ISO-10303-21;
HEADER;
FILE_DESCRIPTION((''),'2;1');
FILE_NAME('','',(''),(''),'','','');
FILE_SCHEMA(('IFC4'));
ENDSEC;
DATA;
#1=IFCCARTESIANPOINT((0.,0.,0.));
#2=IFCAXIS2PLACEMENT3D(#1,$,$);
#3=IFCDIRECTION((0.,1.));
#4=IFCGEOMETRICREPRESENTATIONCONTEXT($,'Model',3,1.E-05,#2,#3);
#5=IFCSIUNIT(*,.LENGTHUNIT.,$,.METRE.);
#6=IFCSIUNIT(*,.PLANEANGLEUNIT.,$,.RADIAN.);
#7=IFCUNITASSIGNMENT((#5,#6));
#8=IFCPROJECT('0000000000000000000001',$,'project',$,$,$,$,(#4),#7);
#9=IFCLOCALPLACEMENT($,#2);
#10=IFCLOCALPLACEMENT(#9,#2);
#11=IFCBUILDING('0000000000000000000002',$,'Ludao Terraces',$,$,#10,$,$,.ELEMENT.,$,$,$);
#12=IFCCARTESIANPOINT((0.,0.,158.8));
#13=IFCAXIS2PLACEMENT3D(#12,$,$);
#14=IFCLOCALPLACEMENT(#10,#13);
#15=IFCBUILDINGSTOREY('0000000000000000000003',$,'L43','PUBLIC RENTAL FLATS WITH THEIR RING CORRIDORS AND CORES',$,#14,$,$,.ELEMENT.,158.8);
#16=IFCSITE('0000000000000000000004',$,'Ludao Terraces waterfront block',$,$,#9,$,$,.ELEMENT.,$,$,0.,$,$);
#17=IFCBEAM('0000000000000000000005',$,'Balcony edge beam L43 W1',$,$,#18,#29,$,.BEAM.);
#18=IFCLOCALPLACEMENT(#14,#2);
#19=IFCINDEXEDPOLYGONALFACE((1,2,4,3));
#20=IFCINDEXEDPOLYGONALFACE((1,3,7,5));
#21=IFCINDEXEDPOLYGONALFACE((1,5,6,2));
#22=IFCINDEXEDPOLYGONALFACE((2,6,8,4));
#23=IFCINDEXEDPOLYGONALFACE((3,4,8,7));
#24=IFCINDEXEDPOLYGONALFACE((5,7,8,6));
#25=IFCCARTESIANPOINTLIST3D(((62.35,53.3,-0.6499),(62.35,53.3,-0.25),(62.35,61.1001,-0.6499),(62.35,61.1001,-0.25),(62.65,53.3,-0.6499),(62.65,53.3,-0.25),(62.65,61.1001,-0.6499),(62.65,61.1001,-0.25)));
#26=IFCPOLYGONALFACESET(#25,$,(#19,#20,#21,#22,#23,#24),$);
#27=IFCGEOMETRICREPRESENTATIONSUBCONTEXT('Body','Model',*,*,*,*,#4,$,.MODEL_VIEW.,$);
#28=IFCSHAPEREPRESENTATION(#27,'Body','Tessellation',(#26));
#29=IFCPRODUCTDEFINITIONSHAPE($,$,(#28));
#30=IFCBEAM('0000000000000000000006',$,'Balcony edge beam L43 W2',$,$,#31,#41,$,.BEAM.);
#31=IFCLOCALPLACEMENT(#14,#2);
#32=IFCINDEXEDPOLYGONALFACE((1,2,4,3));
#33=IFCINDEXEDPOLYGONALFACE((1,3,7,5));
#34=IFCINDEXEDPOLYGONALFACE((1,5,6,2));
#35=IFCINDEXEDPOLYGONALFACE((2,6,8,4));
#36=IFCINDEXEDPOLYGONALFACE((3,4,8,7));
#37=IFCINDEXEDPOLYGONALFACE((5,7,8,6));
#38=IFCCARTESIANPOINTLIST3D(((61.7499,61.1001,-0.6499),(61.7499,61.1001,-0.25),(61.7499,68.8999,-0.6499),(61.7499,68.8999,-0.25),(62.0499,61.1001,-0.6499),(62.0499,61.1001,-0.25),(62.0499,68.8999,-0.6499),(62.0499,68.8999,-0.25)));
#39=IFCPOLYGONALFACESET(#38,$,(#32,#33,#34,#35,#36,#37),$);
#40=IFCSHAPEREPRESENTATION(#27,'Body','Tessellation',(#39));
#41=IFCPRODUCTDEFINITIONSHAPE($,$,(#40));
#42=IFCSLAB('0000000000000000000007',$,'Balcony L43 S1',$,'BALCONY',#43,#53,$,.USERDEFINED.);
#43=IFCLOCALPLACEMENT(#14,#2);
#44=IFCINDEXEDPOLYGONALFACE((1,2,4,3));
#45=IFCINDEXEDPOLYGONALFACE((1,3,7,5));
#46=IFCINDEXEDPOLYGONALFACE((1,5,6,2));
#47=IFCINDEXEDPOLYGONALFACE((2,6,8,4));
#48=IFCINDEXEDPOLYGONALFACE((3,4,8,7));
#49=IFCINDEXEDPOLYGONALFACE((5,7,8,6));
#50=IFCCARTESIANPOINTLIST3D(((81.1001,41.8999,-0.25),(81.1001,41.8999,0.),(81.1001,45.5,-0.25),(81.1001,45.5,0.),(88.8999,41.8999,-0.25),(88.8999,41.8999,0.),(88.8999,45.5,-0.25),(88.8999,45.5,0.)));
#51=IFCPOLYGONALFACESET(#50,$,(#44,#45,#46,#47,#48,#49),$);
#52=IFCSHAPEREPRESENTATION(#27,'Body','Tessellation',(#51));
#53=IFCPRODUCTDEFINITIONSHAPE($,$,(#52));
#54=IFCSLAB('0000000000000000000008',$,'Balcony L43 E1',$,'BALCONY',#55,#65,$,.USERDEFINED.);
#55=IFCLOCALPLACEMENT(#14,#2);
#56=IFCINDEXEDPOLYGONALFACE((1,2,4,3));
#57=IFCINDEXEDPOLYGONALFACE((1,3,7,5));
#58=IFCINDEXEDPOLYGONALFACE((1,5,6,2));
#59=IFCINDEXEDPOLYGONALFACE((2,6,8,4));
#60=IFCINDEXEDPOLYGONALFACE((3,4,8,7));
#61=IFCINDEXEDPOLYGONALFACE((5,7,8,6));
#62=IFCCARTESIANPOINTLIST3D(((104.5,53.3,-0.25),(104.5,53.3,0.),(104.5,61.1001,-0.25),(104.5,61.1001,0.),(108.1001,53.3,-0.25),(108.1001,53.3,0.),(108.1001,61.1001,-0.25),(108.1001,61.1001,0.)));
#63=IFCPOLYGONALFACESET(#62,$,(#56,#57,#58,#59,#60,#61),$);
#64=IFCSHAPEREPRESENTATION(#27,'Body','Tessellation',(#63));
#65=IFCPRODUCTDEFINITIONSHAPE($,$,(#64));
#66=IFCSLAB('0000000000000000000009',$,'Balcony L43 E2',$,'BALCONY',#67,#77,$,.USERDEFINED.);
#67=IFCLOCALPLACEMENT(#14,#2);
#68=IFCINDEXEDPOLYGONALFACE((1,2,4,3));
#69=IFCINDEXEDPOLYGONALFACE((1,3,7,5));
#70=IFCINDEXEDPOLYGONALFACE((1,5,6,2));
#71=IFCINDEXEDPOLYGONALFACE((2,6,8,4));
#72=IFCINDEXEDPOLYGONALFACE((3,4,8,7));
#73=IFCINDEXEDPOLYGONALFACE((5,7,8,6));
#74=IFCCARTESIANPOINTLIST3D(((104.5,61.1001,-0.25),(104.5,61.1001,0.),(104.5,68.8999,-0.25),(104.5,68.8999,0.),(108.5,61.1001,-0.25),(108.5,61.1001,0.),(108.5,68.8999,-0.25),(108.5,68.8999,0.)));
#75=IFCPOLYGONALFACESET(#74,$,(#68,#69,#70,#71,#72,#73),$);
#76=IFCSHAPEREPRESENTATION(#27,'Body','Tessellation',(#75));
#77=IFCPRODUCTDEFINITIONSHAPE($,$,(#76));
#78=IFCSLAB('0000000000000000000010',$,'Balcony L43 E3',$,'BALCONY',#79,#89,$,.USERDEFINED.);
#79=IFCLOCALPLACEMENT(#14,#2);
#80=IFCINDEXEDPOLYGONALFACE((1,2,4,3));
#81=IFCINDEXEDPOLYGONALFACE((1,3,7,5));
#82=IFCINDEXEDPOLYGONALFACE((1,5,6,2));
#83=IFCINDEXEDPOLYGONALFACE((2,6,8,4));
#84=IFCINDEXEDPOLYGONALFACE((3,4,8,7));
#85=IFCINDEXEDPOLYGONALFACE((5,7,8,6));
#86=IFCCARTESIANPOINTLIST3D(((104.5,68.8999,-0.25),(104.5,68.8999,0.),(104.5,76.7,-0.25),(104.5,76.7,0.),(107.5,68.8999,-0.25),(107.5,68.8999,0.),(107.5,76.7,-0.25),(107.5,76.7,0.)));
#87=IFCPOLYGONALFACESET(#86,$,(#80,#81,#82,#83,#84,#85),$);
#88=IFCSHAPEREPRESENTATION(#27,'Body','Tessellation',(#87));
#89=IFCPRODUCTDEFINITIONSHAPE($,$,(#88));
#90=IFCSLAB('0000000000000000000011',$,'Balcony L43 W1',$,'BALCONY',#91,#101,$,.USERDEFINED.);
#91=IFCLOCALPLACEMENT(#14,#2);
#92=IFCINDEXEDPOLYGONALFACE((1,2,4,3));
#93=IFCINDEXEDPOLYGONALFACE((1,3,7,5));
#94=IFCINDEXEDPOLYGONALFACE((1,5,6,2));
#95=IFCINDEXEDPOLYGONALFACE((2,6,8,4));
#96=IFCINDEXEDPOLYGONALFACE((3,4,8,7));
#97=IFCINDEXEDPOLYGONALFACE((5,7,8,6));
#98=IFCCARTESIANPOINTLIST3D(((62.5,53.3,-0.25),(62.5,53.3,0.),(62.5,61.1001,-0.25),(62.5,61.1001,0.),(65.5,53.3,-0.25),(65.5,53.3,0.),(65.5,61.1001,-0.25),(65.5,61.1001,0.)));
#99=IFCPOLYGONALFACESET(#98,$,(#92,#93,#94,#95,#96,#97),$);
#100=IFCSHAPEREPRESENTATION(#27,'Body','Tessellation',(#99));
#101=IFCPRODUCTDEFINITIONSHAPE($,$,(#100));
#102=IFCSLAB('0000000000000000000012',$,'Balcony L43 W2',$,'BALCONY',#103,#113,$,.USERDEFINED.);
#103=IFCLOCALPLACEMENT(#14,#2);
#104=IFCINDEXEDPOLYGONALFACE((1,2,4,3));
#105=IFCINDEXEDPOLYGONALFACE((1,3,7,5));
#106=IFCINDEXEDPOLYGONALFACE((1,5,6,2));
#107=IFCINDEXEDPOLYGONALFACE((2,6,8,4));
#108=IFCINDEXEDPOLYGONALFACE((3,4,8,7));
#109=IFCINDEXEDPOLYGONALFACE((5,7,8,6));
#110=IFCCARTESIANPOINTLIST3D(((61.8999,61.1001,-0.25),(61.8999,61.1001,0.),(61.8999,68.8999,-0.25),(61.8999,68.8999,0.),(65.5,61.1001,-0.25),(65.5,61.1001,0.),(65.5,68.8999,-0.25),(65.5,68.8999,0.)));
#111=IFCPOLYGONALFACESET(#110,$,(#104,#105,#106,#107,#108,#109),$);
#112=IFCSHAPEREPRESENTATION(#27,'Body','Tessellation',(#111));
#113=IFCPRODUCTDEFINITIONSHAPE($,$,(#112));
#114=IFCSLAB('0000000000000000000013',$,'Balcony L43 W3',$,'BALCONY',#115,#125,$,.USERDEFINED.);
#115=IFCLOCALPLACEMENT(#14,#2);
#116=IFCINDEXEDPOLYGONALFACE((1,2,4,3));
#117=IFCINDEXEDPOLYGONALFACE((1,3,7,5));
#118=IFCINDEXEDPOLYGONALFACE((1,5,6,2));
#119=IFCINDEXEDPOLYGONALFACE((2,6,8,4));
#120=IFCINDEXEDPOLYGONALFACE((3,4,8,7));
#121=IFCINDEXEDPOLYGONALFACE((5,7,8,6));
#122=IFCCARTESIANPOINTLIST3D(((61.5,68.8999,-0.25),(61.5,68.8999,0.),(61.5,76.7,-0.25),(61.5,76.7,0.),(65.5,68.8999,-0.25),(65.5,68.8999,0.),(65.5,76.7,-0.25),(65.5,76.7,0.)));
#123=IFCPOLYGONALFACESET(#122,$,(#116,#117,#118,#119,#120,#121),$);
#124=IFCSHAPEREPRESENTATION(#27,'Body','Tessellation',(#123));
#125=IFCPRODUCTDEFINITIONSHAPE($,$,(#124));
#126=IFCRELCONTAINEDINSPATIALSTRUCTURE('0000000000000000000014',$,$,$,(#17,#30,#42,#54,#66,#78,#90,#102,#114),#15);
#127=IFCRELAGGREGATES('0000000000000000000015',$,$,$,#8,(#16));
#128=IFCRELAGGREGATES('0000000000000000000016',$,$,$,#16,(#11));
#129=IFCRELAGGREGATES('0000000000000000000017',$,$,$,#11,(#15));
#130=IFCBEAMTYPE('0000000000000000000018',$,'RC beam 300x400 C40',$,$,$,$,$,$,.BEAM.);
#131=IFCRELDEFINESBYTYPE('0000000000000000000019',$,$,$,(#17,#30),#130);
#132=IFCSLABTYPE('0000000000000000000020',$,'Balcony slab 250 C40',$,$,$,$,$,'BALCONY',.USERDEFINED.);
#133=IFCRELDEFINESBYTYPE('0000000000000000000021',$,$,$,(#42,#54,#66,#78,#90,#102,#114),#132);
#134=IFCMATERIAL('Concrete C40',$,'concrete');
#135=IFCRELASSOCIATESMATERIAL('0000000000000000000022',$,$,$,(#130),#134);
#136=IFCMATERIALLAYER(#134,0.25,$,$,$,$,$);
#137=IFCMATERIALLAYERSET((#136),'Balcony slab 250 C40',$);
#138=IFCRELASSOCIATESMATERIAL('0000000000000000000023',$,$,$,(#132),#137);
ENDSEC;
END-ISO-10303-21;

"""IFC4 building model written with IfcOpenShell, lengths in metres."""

from ifc_helpers import new_model, si_unit, direction, frame, origin, origin_2d, place, context, subcontext, project, spatial, polyline, rectangle, outline, extrude, material, layer, layer_set, material_profile, profile_set, type_object, element, save


model = new_model("IFC4")

# Units and contexts
model_context = context("Model", 3, precision=1e-05, world=origin(), true_north=direction((0.0, 1.0)))
body_context = subcontext(model_context, "Body", "Model", "MODEL_VIEW")
ifc_project = project(units=[si_unit("LENGTHUNIT", "METRE"), si_unit("PLANEANGLEUNIT", "RADIAN")], contexts=[model_context])

# Site, building, storey
site_placement = place(None, origin())
site = spatial("IfcSite", under=ifc_project, at=site_placement, Name="Ludao Terraces waterfront block", CompositionType="ELEMENT", RefElevation=0.0)
building_placement = place(site_placement, origin())
building = spatial("IfcBuilding", under=site, at=building_placement, Name="Ludao Terraces", CompositionType="ELEMENT")
storey_placement = place(building_placement, frame((0.0, 0.0, 158.8)))
storey = spatial("IfcBuildingStorey", under=building, at=storey_placement, Name="L43", Description="PUBLIC RENTAL FLATS WITH THEIR RING CORRIDORS AND CORES", CompositionType="ELEMENT", Elevation=158.8)

# Beams
ifc_material_1 = material(Name="Concrete C40", Category="concrete")
ifc_material_profile = material_profile(ifc_material_1, rectangle(XDim=0.3, YDim=0.3999, at=origin_2d()), Name="300 X 400")
ifc_profile_set = profile_set([ifc_material_profile], Name="Concrete C40")
beam_type = type_object("IfcBeamType", Name="RC beam 300x400 C40", PredefinedType="BEAM", material=ifc_profile_set)
beam_1_placement = place(storey_placement, frame((62.5, 53.3, -0.45), z_axis=(0.0, 1.0, 0.0), x_axis=(-1.0, 0.0, 0.0)))
element("IfcBeam", 1, at=beam_1_placement, inside=storey, type_object=beam_type, Name="Balcony edge beam L43 W1", PredefinedType="BEAM", context=body_context, shape_type="SweptSolid", body=[
    extrude(rectangle(XDim=0.3, YDim=0.3999, at=origin_2d()), origin(), (0.0, 0.0, 1.0), 7.8),
])
beam_2_placement = place(storey_placement, frame((61.8999, 61.1001, -0.45), z_axis=(0.0, 1.0, 0.0), x_axis=(-1.0, 0.0, 0.0)))
element("IfcBeam", 2, at=beam_2_placement, inside=storey, type_object=beam_type, Name="Balcony edge beam L43 W2", PredefinedType="BEAM", context=body_context, shape_type="SweptSolid", body=[
    extrude(rectangle(XDim=0.3, YDim=0.3999, at=origin_2d()), origin(), (0.0, 0.0, 1.0), 7.7998),
])

# Slabs
ifc_layer_1 = layer(ifc_material_1, 0.25)
ifc_layer_set_1 = layer_set([ifc_layer_1], Name="Balcony slab 250 C40")
slab_type_1 = type_object("IfcSlabType", Name="Balcony slab 250 C40", ElementType="BALCONY", PredefinedType="USERDEFINED", material=ifc_layer_set_1)
slab_1_placement = place(storey_placement, frame((0.0, 0.0, -0.25)))
element("IfcSlab", 3, at=slab_1_placement, inside=storey, type_object=slab_type_1, Name="Balcony L43 S1", ObjectType="BALCONY", PredefinedType="USERDEFINED", context=body_context, shape_type="SweptSolid", body=[
    extrude(outline(polyline([(81.1001, 41.8999), (88.8999, 41.8999), (88.8999, 45.5), (81.1001, 45.5), (81.1001, 41.8999)])), origin(), (0.0, 0.0, 1.0), 0.25),
])
slab_2_placement = place(storey_placement, frame((0.0, 0.0, -0.25)))
element("IfcSlab", 4, at=slab_2_placement, inside=storey, type_object=slab_type_1, Name="Balcony L43 E1", ObjectType="BALCONY", PredefinedType="USERDEFINED", context=body_context, shape_type="SweptSolid", body=[
    extrude(outline(polyline([(104.5, 53.3), (108.1001, 53.3), (108.1001, 61.1001), (104.5, 61.1001), (104.5, 53.3)])), origin(), (0.0, 0.0, 1.0), 0.25),
])
slab_3_placement = place(storey_placement, frame((0.0, 0.0, -0.25)))
element("IfcSlab", 5, at=slab_3_placement, inside=storey, type_object=slab_type_1, Name="Balcony L43 E2", ObjectType="BALCONY", PredefinedType="USERDEFINED", context=body_context, shape_type="SweptSolid", body=[
    extrude(outline(polyline([(104.5, 61.1001), (108.5, 61.1001), (108.5, 68.8999), (104.5, 68.8999), (104.5, 61.1001)])), origin(), (0.0, 0.0, 1.0), 0.25),
])
slab_4_placement = place(storey_placement, frame((0.0, 0.0, -0.25)))
element("IfcSlab", 6, at=slab_4_placement, inside=storey, type_object=slab_type_1, Name="Balcony L43 E3", ObjectType="BALCONY", PredefinedType="USERDEFINED", context=body_context, shape_type="SweptSolid", body=[
    extrude(outline(polyline([(104.5, 68.8999), (107.5, 68.8999), (107.5, 76.7), (104.5, 76.7), (104.5, 68.8999)])), origin(), (0.0, 0.0, 1.0), 0.25),
])
slab_5_placement = place(storey_placement, frame((0.0, 0.0, -0.25)))
element("IfcSlab", 7, at=slab_5_placement, inside=storey, type_object=slab_type_1, Name="Balcony L43 W1", ObjectType="BALCONY", PredefinedType="USERDEFINED", context=body_context, shape_type="SweptSolid", body=[
    extrude(outline(polyline([(62.5, 53.3), (65.5, 53.3), (65.5, 61.1001), (62.5, 61.1001), (62.5, 53.3)])), origin(), (0.0, 0.0, 1.0), 0.25),
])
slab_6_placement = place(storey_placement, frame((0.0, 0.0, -0.25)))
element("IfcSlab", 8, at=slab_6_placement, inside=storey, type_object=slab_type_1, Name="Balcony L43 W2", ObjectType="BALCONY", PredefinedType="USERDEFINED", context=body_context, shape_type="SweptSolid", body=[
    extrude(outline(polyline([(61.8999, 61.1001), (65.5, 61.1001), (65.5, 68.8999), (61.8999, 68.8999), (61.8999, 61.1001)])), origin(), (0.0, 0.0, 1.0), 0.25),
])
slab_7_placement = place(storey_placement, frame((0.0, 0.0, -0.25)))
element("IfcSlab", 9, at=slab_7_placement, inside=storey, type_object=slab_type_1, Name="Balcony L43 W3", ObjectType="BALCONY", PredefinedType="USERDEFINED", context=body_context, shape_type="SweptSolid", body=[
    extrude(outline(polyline([(61.5, 68.8999), (65.5, 68.8999), (65.5, 76.7), (61.5, 76.7), (61.5, 68.8999)])), origin(), (0.0, 0.0, 1.0), 0.25),
])

save(model, "model.ifc")
